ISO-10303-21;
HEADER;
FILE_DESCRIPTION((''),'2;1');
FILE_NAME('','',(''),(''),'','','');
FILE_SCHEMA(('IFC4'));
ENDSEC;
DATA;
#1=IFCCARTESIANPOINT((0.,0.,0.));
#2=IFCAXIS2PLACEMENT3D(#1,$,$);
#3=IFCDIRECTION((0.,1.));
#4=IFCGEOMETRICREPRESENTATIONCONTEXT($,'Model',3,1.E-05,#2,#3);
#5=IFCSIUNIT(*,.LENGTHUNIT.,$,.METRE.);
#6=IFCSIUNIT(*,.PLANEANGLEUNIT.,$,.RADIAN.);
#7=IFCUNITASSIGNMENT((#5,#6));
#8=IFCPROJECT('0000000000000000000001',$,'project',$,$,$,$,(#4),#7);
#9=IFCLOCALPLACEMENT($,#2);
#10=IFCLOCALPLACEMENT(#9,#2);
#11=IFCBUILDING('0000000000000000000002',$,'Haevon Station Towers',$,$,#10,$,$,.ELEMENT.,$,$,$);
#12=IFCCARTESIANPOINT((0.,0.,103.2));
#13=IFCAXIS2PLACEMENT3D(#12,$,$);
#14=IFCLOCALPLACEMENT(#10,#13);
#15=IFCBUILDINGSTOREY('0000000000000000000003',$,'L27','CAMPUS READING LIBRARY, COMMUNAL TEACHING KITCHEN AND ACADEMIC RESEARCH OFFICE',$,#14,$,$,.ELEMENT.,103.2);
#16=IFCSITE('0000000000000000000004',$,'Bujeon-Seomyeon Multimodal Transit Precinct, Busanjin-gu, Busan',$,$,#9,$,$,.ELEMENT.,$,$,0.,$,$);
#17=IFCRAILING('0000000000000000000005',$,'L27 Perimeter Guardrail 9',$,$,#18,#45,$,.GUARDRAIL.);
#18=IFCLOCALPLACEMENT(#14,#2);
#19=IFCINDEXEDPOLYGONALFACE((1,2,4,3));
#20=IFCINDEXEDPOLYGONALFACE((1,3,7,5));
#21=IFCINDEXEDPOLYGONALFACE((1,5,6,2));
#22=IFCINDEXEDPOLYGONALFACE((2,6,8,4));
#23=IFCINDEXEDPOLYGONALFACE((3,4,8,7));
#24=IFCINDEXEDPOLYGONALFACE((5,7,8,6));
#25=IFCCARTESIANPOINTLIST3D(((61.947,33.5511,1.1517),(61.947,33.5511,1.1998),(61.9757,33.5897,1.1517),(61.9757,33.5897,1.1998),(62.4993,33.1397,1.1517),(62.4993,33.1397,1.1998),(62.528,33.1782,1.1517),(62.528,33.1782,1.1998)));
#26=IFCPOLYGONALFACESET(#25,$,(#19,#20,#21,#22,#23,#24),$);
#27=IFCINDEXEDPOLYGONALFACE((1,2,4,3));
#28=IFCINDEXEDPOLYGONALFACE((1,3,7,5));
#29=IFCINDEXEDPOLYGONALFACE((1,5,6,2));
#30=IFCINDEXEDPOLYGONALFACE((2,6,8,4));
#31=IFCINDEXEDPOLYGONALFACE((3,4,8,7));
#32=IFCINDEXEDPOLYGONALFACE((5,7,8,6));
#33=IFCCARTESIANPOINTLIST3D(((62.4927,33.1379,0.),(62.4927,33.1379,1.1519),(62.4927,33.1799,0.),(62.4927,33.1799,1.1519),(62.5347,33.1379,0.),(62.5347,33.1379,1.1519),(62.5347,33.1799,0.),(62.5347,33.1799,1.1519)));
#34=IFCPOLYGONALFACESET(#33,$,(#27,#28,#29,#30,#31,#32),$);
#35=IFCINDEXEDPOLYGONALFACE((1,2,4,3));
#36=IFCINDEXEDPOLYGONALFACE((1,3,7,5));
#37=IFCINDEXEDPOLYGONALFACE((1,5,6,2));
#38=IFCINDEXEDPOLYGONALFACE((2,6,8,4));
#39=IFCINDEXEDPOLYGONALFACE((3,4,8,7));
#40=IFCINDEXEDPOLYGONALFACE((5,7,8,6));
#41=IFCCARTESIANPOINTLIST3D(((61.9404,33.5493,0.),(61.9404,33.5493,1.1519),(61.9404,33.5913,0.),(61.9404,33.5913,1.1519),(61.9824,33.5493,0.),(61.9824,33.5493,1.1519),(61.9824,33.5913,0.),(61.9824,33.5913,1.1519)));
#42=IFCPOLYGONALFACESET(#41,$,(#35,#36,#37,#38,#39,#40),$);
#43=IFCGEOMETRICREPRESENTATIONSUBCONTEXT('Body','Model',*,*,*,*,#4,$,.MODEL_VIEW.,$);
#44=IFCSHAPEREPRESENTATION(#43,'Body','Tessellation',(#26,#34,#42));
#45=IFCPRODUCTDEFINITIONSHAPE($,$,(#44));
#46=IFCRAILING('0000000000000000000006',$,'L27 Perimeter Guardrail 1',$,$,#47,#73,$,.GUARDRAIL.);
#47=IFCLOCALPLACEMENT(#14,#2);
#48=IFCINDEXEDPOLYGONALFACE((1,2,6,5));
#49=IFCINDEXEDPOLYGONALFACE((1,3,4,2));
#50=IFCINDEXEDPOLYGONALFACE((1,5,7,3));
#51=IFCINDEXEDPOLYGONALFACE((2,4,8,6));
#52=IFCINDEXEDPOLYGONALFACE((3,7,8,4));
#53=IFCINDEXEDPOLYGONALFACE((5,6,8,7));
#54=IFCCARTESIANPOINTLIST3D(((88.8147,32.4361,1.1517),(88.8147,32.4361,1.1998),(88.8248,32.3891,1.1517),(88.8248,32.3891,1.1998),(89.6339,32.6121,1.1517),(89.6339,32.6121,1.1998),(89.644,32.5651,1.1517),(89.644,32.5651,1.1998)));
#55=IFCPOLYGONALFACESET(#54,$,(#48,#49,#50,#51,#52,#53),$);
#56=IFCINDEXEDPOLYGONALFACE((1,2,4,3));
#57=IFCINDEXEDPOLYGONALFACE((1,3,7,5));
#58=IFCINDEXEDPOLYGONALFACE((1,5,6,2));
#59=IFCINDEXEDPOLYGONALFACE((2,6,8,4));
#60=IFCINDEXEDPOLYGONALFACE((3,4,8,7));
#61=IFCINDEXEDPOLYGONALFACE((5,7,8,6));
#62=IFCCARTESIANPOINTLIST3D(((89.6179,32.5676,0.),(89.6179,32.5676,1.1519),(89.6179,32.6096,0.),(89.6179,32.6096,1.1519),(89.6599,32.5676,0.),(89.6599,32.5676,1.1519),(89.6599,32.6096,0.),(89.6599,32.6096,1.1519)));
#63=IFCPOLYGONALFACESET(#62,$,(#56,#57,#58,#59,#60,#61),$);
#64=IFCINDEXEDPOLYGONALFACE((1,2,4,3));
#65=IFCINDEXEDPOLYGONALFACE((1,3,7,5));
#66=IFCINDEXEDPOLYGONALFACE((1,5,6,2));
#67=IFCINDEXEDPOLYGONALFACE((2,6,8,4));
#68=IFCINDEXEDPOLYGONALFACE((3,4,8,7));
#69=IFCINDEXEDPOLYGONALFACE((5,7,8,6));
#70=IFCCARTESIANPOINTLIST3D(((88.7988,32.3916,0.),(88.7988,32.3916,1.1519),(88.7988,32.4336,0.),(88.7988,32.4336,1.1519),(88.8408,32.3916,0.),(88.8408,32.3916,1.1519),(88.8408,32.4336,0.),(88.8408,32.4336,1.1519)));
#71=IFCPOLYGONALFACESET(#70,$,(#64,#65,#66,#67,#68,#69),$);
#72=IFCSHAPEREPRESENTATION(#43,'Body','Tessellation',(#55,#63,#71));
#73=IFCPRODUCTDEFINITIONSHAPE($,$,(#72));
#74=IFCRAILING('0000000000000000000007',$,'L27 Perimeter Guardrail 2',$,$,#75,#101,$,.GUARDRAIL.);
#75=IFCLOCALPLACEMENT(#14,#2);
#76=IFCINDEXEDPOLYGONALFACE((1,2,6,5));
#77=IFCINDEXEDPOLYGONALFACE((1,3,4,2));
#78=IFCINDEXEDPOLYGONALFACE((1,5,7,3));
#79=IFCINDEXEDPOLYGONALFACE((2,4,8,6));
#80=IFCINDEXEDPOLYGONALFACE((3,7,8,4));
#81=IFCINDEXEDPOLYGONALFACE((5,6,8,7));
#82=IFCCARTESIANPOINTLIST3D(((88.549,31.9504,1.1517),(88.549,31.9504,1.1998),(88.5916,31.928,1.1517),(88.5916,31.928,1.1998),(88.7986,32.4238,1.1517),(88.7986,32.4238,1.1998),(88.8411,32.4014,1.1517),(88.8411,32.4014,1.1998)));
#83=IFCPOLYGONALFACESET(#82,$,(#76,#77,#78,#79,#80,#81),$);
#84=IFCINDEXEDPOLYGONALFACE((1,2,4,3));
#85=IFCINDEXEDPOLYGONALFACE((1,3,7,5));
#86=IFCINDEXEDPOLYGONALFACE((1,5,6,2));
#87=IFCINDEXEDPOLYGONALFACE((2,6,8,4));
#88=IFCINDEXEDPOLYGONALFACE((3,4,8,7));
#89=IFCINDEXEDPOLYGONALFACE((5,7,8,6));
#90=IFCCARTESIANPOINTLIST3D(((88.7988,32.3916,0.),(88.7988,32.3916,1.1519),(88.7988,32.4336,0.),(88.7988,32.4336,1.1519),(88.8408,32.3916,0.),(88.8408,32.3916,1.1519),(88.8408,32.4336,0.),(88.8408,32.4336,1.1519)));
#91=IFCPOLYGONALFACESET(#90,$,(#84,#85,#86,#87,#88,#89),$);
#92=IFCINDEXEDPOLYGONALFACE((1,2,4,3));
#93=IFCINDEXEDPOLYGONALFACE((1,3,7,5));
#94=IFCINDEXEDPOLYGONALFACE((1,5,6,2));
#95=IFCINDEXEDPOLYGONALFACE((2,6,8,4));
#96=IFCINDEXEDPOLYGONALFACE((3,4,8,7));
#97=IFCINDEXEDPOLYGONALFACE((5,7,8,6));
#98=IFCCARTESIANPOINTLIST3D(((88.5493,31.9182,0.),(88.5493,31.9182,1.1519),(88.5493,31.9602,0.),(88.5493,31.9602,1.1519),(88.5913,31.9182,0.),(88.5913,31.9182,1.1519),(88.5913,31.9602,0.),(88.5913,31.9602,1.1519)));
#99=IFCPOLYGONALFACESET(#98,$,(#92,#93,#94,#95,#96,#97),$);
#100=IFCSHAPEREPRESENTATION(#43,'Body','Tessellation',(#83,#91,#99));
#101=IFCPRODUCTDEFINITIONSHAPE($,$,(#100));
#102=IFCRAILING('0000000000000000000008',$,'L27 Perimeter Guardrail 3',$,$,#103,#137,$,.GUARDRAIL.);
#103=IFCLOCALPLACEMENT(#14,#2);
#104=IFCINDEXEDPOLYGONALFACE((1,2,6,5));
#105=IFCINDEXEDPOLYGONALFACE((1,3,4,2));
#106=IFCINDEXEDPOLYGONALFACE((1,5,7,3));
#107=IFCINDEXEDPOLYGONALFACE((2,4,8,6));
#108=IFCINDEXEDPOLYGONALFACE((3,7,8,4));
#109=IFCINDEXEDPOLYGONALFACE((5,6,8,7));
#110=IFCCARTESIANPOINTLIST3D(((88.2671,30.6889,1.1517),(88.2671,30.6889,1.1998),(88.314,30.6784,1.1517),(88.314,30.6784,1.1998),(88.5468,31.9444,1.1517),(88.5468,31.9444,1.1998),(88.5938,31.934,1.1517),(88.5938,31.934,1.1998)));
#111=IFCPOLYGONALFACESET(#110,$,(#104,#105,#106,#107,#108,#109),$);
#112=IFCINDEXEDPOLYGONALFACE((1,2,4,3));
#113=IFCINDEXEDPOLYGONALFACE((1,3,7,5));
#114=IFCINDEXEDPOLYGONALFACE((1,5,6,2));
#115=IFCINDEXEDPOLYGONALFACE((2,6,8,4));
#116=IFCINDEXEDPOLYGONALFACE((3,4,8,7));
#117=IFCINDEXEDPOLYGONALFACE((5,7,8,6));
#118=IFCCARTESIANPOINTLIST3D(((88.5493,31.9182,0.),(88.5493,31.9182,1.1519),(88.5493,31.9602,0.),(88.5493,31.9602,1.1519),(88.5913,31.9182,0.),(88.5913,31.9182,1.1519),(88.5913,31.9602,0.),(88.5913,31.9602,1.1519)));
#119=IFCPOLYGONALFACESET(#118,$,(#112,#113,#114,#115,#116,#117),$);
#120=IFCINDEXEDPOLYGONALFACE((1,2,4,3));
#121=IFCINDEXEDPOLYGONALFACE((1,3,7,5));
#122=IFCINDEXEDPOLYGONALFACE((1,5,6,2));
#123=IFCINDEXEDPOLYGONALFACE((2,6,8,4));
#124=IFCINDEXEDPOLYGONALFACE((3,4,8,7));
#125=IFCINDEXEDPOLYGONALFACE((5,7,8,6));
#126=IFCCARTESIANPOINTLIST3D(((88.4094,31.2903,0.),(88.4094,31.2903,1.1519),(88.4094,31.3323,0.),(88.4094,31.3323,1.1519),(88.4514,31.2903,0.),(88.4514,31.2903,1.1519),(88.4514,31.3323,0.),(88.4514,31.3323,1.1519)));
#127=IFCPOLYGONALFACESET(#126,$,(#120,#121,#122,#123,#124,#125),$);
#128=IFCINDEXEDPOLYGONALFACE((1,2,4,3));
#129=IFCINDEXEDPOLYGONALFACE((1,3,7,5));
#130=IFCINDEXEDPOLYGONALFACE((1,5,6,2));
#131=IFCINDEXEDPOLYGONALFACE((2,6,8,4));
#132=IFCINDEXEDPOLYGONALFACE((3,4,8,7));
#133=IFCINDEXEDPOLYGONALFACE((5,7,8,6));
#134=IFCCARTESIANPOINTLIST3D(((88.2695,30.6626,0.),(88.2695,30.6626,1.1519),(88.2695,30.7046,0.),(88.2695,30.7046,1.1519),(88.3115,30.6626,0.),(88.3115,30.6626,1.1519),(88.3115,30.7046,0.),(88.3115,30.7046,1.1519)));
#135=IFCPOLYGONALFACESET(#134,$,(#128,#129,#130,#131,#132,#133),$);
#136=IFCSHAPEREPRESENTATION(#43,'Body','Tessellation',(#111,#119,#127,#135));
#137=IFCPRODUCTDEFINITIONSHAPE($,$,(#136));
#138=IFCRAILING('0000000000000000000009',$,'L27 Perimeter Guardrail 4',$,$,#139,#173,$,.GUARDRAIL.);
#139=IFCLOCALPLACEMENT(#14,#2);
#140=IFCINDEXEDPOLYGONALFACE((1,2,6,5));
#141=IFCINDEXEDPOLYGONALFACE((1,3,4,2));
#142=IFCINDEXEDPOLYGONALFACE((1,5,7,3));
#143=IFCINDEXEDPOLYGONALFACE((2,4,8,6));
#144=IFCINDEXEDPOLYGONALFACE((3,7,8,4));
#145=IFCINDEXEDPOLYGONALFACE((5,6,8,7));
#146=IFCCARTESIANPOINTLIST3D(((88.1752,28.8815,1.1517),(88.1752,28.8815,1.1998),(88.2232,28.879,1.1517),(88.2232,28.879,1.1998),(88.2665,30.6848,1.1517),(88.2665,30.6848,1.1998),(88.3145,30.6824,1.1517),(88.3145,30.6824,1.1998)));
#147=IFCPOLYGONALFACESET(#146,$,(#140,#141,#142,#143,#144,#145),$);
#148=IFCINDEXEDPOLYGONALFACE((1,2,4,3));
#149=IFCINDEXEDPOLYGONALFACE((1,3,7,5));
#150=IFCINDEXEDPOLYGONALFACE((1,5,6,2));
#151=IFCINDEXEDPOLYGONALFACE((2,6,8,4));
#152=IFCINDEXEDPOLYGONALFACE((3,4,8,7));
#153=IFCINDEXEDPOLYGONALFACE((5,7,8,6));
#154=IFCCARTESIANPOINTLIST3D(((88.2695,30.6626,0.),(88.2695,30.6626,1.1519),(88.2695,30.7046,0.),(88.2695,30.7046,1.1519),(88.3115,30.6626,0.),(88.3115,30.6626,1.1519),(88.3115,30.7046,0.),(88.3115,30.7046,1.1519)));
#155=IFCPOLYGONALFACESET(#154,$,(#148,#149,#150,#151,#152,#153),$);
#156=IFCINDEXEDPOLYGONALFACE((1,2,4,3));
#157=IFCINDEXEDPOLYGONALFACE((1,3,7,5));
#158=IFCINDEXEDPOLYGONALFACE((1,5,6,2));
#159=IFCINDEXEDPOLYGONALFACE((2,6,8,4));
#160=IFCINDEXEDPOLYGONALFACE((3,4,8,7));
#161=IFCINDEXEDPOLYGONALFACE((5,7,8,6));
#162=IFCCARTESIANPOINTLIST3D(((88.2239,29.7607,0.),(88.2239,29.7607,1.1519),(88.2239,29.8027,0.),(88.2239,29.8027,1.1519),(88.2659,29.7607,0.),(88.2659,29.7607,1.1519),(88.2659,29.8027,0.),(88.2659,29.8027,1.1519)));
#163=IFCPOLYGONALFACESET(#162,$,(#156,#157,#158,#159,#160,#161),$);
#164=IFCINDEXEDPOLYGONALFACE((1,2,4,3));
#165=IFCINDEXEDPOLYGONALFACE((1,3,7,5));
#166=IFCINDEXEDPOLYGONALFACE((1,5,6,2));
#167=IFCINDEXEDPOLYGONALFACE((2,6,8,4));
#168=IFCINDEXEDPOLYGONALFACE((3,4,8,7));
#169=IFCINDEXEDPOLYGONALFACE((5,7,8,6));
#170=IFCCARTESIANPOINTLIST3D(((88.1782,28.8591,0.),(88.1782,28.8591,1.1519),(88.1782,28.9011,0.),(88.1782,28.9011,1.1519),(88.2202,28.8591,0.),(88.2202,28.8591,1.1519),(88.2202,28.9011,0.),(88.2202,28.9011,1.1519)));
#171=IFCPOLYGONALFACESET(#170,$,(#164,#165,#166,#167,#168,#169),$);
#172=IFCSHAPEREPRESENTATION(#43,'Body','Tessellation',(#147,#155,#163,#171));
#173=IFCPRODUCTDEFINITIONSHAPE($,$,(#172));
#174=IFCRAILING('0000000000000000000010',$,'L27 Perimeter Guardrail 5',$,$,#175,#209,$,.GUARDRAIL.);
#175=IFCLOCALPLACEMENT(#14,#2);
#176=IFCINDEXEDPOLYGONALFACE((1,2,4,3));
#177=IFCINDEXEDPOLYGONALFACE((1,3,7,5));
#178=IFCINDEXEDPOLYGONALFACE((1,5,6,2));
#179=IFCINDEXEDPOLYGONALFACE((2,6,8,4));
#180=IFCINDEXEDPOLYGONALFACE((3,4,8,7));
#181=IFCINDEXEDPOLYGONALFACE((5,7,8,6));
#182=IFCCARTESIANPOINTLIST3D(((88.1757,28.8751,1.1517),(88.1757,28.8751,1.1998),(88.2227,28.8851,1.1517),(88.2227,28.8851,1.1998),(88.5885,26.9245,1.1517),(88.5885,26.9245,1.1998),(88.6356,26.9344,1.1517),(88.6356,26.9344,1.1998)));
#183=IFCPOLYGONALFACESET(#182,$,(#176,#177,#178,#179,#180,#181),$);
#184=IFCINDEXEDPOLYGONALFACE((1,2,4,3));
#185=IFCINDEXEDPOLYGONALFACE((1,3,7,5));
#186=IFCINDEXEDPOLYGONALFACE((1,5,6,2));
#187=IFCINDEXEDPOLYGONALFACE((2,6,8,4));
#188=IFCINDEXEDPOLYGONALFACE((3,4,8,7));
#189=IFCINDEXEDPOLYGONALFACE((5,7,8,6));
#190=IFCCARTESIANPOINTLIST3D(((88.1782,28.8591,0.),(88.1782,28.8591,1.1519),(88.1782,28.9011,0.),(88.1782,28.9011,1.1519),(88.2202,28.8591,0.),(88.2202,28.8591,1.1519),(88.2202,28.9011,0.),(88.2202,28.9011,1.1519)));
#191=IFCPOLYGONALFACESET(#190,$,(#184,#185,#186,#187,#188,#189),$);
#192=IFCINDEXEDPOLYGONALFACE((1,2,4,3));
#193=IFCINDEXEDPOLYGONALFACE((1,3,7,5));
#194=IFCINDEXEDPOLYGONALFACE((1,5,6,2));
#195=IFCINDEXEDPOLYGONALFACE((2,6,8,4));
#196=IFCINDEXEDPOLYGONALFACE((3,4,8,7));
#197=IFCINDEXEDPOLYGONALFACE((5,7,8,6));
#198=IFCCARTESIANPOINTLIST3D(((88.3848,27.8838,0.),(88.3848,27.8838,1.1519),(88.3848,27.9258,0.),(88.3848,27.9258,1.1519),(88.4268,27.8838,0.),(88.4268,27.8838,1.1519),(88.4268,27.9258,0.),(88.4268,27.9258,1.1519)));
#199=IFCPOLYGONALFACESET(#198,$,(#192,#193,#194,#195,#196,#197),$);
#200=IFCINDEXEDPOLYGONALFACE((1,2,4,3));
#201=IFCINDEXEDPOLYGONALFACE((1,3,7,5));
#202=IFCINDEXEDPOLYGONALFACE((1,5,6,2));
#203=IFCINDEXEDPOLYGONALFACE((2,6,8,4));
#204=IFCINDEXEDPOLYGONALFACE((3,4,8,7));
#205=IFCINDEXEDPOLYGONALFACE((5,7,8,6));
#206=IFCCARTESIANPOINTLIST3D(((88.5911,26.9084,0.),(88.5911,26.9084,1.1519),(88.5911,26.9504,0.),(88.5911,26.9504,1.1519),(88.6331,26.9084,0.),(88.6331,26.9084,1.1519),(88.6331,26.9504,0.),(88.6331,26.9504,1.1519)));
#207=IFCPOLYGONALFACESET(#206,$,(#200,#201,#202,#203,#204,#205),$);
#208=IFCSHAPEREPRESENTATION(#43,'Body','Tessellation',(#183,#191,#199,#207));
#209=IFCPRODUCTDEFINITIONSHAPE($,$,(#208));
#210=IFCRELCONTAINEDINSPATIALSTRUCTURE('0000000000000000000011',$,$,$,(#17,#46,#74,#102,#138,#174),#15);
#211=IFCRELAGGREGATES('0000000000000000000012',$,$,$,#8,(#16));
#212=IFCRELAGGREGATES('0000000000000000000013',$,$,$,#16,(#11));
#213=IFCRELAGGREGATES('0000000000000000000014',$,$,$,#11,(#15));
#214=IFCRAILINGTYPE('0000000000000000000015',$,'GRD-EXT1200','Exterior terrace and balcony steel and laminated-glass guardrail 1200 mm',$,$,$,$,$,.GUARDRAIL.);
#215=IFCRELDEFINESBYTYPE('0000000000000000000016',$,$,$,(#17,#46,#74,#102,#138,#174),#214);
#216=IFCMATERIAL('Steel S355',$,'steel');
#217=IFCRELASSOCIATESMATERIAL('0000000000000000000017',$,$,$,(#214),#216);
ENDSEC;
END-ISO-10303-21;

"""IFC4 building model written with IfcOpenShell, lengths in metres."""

from ifc_helpers import new_model, si_unit, direction, frame, origin, origin_2d, place, context, subcontext, project, spatial, rectangle, extrude, material, type_object, element, save


model = new_model("IFC4")

# Units and contexts
model_context = context("Model", 3, precision=1e-05, world=origin(), true_north=direction((0.0, 1.0)))
body_context = subcontext(model_context, "Body", "Model", "MODEL_VIEW")
ifc_project = project(units=[si_unit("LENGTHUNIT", "METRE"), si_unit("PLANEANGLEUNIT", "RADIAN")], contexts=[model_context])

# Site, building, storey
site_placement = place(None, origin())
site = spatial("IfcSite", under=ifc_project, at=site_placement, Name="Bujeon-Seomyeon Multimodal Transit Precinct, Busanjin-gu, Busan", CompositionType="ELEMENT", RefElevation=0.0)
building_placement = place(site_placement, origin())
building = spatial("IfcBuilding", under=site, at=building_placement, Name="Haevon Station Towers", CompositionType="ELEMENT")
storey_placement = place(building_placement, frame((0.0, 0.0, 103.2)))
storey = spatial("IfcBuildingStorey", under=building, at=storey_placement, Name="L27", Description="CAMPUS READING LIBRARY, COMMUNAL TEACHING KITCHEN AND ACADEMIC RESEARCH OFFICE", CompositionType="ELEMENT", Elevation=103.2)

# Shared definitions
ifc_material_1 = material(Name="Steel S355", Category="steel")

# Railings
railing_type = type_object("IfcRailingType", Name="GRD-EXT1200", Description="Exterior terrace and balcony steel and laminated-glass guardrail 1200 mm", PredefinedType="GUARDRAIL", material=ifc_material_1)
railing_1_placement = place(storey_placement, frame((62.5137, 33.1589, 0.0)))
element("IfcRailing", 1, at=railing_1_placement, inside=storey, type_object=railing_type, Name="L27 Perimeter Guardrail 9", PredefinedType="GUARDRAIL", context=body_context, shape_type="SweptSolid", body=[
    extrude(rectangle(XDim=0.0481, YDim=0.0481, at=origin_2d()), frame((0.0, 0.0, 1.1758), z_axis=(-0.801953, 0.597387, 0.0), x_axis=(-0.597387, -0.801953, 0.0)), (0.0, 0.0, 1.0), 0.6887),
    extrude(rectangle(XDim=0.042, YDim=0.042, at=origin_2d()), origin(), (0.0, 0.0, 1.0), 1.1519),
    extrude(rectangle(XDim=0.042, YDim=0.042, at=origin_2d()), frame((-0.5522, 0.4114, 0.0)), (0.0, 0.0, 1.0), 1.1519),
])
railing_2_placement = place(storey_placement, frame((89.6389, 32.5886, 0.0)))
element("IfcRailing", 2, at=railing_2_placement, inside=storey, type_object=railing_type, Name="L27 Perimeter Guardrail 1", PredefinedType="GUARDRAIL", context=body_context, shape_type="SweptSolid", body=[
    extrude(rectangle(XDim=0.0481, YDim=0.0481, at=origin_2d()), frame((0.0, 0.0, 1.1758), z_axis=(-0.977679, -0.210106, 0.0), x_axis=(0.210106, -0.977679, 0.0)), (0.0, 0.0, 1.0), 0.8379),
    extrude(rectangle(XDim=0.042, YDim=0.042, at=origin_2d()), origin(), (0.0, 0.0, 1.0), 1.1519),
    extrude(rectangle(XDim=0.042, YDim=0.042, at=origin_2d()), frame((-0.8191, -0.176, 0.0)), (0.0, 0.0, 1.0), 1.1519),
])
railing_3_placement = place(storey_placement, frame((88.8198, 32.4126, 0.0)))
element("IfcRailing", 3, at=railing_3_placement, inside=storey, type_object=railing_type, Name="L27 Perimeter Guardrail 2", PredefinedType="GUARDRAIL", context=body_context, shape_type="SweptSolid", body=[
    extrude(rectangle(XDim=0.0481, YDim=0.0481, at=origin_2d()), frame((0.0, 0.0, 1.1758), z_axis=(-0.466273, -0.884641, 0.0), x_axis=(0.884641, -0.466273, 0.0)), (0.0, 0.0, 1.0), 0.5352),
    extrude(rectangle(XDim=0.042, YDim=0.042, at=origin_2d()), origin(), (0.0, 0.0, 1.0), 1.1519),
    extrude(rectangle(XDim=0.042, YDim=0.042, at=origin_2d()), frame((-0.2495, -0.4734, 0.0)), (0.0, 0.0, 1.0), 1.1519),
])
railing_4_placement = place(storey_placement, frame((88.5703, 31.9392, 0.0)))
element("IfcRailing", 4, at=railing_4_placement, inside=storey, type_object=railing_type, Name="L27 Perimeter Guardrail 3", PredefinedType="GUARDRAIL", context=body_context, shape_type="SweptSolid", body=[
    extrude(rectangle(XDim=0.0481, YDim=0.0481, at=origin_2d()), frame((0.0, 0.0, 1.1758), z_axis=(-0.217493, -0.976062, 0.0), x_axis=(0.976062, -0.217493, 0.0)), (0.0, 0.0, 1.0), 1.2864),
    extrude(rectangle(XDim=0.042, YDim=0.042, at=origin_2d()), origin(), (0.0, 0.0, 1.0), 1.1519),
    extrude(rectangle(XDim=0.042, YDim=0.042, at=origin_2d()), frame((-0.1399, -0.6279, 0.0)), (0.0, 0.0, 1.0), 1.1519),
    extrude(rectangle(XDim=0.042, YDim=0.042, at=origin_2d()), frame((-0.2798, -1.2556, 0.0)), (0.0, 0.0, 1.0), 1.1519),
])
railing_5_placement = place(storey_placement, frame((88.2905, 30.6836, 0.0)))
element("IfcRailing", 5, at=railing_5_placement, inside=storey, type_object=railing_type, Name="L27 Perimeter Guardrail 4", PredefinedType="GUARDRAIL", context=body_context, shape_type="SweptSolid", body=[
    extrude(rectangle(XDim=0.0481, YDim=0.0481, at=origin_2d()), frame((0.0, 0.0, 1.1758), z_axis=(-0.050565, -0.998721, 0.0), x_axis=(0.998721, -0.050565, 0.0)), (0.0, 0.0, 1.0), 1.8057),
    extrude(rectangle(XDim=0.042, YDim=0.042, at=origin_2d()), origin(), (0.0, 0.0, 1.0), 1.1519),
    extrude(rectangle(XDim=0.042, YDim=0.042, at=origin_2d()), frame((-0.0457, -0.9019, 0.0)), (0.0, 0.0, 1.0), 1.1519),
    extrude(rectangle(XDim=0.042, YDim=0.042, at=origin_2d()), frame((-0.0913, -1.8035, 0.0)), (0.0, 0.0, 1.0), 1.1519),
])
railing_6_placement = place(storey_placement, frame((88.1992, 28.8801, 0.0)))
element("IfcRailing", 6, at=railing_6_placement, inside=storey, type_object=railing_type, Name="L27 Perimeter Guardrail 5", PredefinedType="GUARDRAIL", context=body_context, shape_type="SweptSolid", body=[
    extrude(rectangle(XDim=0.0481, YDim=0.0481, at=origin_2d()), frame((0.0, 0.0, 1.1758), z_axis=(0.207053, -0.97833, 0.0), x_axis=(0.97833, 0.207053, 0.0)), (0.0, 0.0, 1.0), 1.9939),
    extrude(rectangle(XDim=0.042, YDim=0.042, at=origin_2d()), origin(), (0.0, 0.0, 1.0), 1.1519),
    extrude(rectangle(XDim=0.042, YDim=0.042, at=origin_2d()), frame((0.2065, -0.9753, 0.0)), (0.0, 0.0, 1.0), 1.1519),
    extrude(rectangle(XDim=0.042, YDim=0.042, at=origin_2d()), frame((0.4128, -1.9507, 0.0)), (0.0, 0.0, 1.0), 1.1519),
])

save(model, "model.ifc")
